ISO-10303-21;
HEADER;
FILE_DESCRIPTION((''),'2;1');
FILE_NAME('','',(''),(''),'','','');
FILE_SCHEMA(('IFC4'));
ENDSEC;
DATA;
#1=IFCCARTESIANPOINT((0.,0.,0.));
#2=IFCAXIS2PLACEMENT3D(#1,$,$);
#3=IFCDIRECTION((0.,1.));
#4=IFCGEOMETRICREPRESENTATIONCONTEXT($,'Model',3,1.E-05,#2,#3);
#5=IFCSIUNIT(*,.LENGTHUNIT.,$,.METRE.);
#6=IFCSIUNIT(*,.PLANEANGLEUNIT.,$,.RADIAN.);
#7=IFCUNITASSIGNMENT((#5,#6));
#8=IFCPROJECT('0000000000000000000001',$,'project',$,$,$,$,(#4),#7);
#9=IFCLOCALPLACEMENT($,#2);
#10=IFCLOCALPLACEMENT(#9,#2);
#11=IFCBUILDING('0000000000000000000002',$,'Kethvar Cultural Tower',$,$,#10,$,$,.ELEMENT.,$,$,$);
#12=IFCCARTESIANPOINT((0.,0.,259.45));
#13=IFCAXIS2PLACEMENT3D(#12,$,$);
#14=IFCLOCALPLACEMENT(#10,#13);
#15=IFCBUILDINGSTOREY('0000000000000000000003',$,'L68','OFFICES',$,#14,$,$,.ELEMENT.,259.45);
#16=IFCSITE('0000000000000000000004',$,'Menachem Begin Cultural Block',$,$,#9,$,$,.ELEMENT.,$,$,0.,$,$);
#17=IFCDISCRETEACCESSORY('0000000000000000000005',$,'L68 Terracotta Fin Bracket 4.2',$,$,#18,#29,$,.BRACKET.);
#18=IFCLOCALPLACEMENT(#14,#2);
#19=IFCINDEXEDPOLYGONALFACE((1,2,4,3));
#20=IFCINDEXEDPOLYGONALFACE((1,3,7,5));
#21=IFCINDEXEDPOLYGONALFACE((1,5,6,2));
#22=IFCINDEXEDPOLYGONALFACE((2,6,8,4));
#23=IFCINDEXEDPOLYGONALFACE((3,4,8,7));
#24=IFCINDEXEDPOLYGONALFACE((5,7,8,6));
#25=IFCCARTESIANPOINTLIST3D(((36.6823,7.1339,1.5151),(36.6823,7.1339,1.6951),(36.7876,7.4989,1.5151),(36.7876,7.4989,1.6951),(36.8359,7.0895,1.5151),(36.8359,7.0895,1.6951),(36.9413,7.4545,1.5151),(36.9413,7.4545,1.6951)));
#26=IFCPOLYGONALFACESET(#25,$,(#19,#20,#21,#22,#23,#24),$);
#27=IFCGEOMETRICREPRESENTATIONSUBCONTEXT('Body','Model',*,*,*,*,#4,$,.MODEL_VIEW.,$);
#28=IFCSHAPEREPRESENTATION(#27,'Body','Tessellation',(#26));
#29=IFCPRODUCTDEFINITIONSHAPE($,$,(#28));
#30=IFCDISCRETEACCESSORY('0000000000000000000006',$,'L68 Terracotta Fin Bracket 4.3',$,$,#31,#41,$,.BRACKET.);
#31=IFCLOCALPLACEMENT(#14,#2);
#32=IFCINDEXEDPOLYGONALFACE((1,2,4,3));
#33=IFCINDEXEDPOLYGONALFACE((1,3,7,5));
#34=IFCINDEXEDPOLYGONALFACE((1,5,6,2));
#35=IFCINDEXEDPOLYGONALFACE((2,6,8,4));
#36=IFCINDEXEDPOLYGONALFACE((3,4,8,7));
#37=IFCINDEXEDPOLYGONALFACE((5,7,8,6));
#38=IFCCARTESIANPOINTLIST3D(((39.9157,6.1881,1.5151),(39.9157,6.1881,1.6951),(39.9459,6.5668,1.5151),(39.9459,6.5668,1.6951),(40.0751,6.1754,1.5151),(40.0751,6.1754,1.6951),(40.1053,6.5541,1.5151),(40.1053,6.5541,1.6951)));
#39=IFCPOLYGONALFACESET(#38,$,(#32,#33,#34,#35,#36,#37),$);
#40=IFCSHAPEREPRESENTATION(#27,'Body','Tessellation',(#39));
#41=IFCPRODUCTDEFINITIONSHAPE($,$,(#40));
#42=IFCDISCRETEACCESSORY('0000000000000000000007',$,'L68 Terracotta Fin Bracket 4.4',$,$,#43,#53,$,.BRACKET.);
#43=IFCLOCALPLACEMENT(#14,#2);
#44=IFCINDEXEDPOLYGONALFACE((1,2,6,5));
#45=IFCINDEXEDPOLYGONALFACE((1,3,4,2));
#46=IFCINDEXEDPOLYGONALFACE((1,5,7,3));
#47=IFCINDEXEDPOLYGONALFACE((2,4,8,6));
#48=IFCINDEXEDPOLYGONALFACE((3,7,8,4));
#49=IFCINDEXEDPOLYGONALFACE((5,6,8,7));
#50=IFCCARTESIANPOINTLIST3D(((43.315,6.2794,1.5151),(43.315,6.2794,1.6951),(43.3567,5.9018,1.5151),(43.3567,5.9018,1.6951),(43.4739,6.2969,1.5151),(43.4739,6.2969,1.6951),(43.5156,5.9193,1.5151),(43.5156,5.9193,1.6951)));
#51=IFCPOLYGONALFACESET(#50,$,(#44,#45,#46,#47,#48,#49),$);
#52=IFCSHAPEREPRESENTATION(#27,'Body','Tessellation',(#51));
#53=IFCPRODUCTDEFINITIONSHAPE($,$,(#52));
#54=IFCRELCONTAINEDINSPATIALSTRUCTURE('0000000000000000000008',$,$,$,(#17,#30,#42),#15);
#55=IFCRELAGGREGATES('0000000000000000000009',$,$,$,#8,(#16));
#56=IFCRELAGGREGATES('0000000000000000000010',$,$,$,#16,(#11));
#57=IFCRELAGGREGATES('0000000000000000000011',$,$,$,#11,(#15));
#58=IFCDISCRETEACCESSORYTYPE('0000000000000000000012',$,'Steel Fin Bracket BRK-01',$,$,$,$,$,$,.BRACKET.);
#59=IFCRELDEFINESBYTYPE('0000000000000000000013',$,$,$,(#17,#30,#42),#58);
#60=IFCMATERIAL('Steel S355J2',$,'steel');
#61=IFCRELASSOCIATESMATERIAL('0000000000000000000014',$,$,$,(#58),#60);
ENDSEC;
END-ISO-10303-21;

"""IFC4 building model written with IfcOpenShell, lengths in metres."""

from ifc_helpers import new_model, si_unit, direction, frame, origin, origin_2d, place, context, subcontext, project, spatial, rectangle, extrude, source, transform, mapped, material, type_object, element, save


model = new_model("IFC4")

# Units and contexts
model_context = context("Model", 3, precision=1e-05, world=origin(), true_north=direction((0.0, 1.0)))
body_context = subcontext(model_context, "Body", "Model", "MODEL_VIEW")
ifc_project = project(units=[si_unit("LENGTHUNIT", "METRE"), si_unit("PLANEANGLEUNIT", "RADIAN")], contexts=[model_context])

# Site, building, storey
site_placement = place(None, origin())
site = spatial("IfcSite", under=ifc_project, at=site_placement, Name="Menachem Begin Cultural Block", CompositionType="ELEMENT", RefElevation=0.0)
building_placement = place(site_placement, origin())
building = spatial("IfcBuilding", under=site, at=building_placement, Name="Kethvar Cultural Tower", CompositionType="ELEMENT")
storey_placement = place(building_placement, frame((0.0, 0.0, 259.45)))
storey = spatial("IfcBuildingStorey", under=building, at=storey_placement, Name="L68", Description="OFFICES", CompositionType="ELEMENT", Elevation=259.45)

# Shared definitions
ifc_material_1 = material(Name="Steel S355J2", Category="steel")

# Discrete accessories
discrete_accessory_type = type_object("IfcDiscreteAccessoryType", Name="Steel Fin Bracket BRK-01", PredefinedType="BRACKET", material=ifc_material_1)
shared_shape_1 = source(origin(), body_context, "Body", "SweptSolid", [
    extrude(rectangle(XDim=0.3799, YDim=0.1599, at=origin_2d()), origin(), (0.0, 0.0, 1.0), 0.1799),
])
for number, where, z_axis, x_axis, name in (
    (1, (36.8118, 7.2942, 1.5151), (0.0, 0.0, 1.0), (-0.277315, -0.960779, 0.0), "L68 Terracotta Fin Bracket 4.2"),
    (2, (40.0105, 6.3711, 1.5151), (0.0, 0.0, 1.0), (-0.079677, -0.996821, 0.0), "L68 Terracotta Fin Bracket 4.3"),
    (3, (43.4153, 6.0994, 1.5151), (0.0, 0.0, 1.0), (0.109734, -0.993961, 0.0), "L68 Terracotta Fin Bracket 4.4"),
):
    element("IfcDiscreteAccessory", number, at=place(storey_placement, frame(where, z_axis=z_axis, x_axis=x_axis)), inside=storey, type_object=discrete_accessory_type, Name=name, PredefinedType="BRACKET", context=body_context, shape_type="MappedRepresentation", body=[
        mapped(shared_shape_1, transform((0.0, 0.0, 0.0), scale=1.0)),
    ])

save(model, "model.ifc")
